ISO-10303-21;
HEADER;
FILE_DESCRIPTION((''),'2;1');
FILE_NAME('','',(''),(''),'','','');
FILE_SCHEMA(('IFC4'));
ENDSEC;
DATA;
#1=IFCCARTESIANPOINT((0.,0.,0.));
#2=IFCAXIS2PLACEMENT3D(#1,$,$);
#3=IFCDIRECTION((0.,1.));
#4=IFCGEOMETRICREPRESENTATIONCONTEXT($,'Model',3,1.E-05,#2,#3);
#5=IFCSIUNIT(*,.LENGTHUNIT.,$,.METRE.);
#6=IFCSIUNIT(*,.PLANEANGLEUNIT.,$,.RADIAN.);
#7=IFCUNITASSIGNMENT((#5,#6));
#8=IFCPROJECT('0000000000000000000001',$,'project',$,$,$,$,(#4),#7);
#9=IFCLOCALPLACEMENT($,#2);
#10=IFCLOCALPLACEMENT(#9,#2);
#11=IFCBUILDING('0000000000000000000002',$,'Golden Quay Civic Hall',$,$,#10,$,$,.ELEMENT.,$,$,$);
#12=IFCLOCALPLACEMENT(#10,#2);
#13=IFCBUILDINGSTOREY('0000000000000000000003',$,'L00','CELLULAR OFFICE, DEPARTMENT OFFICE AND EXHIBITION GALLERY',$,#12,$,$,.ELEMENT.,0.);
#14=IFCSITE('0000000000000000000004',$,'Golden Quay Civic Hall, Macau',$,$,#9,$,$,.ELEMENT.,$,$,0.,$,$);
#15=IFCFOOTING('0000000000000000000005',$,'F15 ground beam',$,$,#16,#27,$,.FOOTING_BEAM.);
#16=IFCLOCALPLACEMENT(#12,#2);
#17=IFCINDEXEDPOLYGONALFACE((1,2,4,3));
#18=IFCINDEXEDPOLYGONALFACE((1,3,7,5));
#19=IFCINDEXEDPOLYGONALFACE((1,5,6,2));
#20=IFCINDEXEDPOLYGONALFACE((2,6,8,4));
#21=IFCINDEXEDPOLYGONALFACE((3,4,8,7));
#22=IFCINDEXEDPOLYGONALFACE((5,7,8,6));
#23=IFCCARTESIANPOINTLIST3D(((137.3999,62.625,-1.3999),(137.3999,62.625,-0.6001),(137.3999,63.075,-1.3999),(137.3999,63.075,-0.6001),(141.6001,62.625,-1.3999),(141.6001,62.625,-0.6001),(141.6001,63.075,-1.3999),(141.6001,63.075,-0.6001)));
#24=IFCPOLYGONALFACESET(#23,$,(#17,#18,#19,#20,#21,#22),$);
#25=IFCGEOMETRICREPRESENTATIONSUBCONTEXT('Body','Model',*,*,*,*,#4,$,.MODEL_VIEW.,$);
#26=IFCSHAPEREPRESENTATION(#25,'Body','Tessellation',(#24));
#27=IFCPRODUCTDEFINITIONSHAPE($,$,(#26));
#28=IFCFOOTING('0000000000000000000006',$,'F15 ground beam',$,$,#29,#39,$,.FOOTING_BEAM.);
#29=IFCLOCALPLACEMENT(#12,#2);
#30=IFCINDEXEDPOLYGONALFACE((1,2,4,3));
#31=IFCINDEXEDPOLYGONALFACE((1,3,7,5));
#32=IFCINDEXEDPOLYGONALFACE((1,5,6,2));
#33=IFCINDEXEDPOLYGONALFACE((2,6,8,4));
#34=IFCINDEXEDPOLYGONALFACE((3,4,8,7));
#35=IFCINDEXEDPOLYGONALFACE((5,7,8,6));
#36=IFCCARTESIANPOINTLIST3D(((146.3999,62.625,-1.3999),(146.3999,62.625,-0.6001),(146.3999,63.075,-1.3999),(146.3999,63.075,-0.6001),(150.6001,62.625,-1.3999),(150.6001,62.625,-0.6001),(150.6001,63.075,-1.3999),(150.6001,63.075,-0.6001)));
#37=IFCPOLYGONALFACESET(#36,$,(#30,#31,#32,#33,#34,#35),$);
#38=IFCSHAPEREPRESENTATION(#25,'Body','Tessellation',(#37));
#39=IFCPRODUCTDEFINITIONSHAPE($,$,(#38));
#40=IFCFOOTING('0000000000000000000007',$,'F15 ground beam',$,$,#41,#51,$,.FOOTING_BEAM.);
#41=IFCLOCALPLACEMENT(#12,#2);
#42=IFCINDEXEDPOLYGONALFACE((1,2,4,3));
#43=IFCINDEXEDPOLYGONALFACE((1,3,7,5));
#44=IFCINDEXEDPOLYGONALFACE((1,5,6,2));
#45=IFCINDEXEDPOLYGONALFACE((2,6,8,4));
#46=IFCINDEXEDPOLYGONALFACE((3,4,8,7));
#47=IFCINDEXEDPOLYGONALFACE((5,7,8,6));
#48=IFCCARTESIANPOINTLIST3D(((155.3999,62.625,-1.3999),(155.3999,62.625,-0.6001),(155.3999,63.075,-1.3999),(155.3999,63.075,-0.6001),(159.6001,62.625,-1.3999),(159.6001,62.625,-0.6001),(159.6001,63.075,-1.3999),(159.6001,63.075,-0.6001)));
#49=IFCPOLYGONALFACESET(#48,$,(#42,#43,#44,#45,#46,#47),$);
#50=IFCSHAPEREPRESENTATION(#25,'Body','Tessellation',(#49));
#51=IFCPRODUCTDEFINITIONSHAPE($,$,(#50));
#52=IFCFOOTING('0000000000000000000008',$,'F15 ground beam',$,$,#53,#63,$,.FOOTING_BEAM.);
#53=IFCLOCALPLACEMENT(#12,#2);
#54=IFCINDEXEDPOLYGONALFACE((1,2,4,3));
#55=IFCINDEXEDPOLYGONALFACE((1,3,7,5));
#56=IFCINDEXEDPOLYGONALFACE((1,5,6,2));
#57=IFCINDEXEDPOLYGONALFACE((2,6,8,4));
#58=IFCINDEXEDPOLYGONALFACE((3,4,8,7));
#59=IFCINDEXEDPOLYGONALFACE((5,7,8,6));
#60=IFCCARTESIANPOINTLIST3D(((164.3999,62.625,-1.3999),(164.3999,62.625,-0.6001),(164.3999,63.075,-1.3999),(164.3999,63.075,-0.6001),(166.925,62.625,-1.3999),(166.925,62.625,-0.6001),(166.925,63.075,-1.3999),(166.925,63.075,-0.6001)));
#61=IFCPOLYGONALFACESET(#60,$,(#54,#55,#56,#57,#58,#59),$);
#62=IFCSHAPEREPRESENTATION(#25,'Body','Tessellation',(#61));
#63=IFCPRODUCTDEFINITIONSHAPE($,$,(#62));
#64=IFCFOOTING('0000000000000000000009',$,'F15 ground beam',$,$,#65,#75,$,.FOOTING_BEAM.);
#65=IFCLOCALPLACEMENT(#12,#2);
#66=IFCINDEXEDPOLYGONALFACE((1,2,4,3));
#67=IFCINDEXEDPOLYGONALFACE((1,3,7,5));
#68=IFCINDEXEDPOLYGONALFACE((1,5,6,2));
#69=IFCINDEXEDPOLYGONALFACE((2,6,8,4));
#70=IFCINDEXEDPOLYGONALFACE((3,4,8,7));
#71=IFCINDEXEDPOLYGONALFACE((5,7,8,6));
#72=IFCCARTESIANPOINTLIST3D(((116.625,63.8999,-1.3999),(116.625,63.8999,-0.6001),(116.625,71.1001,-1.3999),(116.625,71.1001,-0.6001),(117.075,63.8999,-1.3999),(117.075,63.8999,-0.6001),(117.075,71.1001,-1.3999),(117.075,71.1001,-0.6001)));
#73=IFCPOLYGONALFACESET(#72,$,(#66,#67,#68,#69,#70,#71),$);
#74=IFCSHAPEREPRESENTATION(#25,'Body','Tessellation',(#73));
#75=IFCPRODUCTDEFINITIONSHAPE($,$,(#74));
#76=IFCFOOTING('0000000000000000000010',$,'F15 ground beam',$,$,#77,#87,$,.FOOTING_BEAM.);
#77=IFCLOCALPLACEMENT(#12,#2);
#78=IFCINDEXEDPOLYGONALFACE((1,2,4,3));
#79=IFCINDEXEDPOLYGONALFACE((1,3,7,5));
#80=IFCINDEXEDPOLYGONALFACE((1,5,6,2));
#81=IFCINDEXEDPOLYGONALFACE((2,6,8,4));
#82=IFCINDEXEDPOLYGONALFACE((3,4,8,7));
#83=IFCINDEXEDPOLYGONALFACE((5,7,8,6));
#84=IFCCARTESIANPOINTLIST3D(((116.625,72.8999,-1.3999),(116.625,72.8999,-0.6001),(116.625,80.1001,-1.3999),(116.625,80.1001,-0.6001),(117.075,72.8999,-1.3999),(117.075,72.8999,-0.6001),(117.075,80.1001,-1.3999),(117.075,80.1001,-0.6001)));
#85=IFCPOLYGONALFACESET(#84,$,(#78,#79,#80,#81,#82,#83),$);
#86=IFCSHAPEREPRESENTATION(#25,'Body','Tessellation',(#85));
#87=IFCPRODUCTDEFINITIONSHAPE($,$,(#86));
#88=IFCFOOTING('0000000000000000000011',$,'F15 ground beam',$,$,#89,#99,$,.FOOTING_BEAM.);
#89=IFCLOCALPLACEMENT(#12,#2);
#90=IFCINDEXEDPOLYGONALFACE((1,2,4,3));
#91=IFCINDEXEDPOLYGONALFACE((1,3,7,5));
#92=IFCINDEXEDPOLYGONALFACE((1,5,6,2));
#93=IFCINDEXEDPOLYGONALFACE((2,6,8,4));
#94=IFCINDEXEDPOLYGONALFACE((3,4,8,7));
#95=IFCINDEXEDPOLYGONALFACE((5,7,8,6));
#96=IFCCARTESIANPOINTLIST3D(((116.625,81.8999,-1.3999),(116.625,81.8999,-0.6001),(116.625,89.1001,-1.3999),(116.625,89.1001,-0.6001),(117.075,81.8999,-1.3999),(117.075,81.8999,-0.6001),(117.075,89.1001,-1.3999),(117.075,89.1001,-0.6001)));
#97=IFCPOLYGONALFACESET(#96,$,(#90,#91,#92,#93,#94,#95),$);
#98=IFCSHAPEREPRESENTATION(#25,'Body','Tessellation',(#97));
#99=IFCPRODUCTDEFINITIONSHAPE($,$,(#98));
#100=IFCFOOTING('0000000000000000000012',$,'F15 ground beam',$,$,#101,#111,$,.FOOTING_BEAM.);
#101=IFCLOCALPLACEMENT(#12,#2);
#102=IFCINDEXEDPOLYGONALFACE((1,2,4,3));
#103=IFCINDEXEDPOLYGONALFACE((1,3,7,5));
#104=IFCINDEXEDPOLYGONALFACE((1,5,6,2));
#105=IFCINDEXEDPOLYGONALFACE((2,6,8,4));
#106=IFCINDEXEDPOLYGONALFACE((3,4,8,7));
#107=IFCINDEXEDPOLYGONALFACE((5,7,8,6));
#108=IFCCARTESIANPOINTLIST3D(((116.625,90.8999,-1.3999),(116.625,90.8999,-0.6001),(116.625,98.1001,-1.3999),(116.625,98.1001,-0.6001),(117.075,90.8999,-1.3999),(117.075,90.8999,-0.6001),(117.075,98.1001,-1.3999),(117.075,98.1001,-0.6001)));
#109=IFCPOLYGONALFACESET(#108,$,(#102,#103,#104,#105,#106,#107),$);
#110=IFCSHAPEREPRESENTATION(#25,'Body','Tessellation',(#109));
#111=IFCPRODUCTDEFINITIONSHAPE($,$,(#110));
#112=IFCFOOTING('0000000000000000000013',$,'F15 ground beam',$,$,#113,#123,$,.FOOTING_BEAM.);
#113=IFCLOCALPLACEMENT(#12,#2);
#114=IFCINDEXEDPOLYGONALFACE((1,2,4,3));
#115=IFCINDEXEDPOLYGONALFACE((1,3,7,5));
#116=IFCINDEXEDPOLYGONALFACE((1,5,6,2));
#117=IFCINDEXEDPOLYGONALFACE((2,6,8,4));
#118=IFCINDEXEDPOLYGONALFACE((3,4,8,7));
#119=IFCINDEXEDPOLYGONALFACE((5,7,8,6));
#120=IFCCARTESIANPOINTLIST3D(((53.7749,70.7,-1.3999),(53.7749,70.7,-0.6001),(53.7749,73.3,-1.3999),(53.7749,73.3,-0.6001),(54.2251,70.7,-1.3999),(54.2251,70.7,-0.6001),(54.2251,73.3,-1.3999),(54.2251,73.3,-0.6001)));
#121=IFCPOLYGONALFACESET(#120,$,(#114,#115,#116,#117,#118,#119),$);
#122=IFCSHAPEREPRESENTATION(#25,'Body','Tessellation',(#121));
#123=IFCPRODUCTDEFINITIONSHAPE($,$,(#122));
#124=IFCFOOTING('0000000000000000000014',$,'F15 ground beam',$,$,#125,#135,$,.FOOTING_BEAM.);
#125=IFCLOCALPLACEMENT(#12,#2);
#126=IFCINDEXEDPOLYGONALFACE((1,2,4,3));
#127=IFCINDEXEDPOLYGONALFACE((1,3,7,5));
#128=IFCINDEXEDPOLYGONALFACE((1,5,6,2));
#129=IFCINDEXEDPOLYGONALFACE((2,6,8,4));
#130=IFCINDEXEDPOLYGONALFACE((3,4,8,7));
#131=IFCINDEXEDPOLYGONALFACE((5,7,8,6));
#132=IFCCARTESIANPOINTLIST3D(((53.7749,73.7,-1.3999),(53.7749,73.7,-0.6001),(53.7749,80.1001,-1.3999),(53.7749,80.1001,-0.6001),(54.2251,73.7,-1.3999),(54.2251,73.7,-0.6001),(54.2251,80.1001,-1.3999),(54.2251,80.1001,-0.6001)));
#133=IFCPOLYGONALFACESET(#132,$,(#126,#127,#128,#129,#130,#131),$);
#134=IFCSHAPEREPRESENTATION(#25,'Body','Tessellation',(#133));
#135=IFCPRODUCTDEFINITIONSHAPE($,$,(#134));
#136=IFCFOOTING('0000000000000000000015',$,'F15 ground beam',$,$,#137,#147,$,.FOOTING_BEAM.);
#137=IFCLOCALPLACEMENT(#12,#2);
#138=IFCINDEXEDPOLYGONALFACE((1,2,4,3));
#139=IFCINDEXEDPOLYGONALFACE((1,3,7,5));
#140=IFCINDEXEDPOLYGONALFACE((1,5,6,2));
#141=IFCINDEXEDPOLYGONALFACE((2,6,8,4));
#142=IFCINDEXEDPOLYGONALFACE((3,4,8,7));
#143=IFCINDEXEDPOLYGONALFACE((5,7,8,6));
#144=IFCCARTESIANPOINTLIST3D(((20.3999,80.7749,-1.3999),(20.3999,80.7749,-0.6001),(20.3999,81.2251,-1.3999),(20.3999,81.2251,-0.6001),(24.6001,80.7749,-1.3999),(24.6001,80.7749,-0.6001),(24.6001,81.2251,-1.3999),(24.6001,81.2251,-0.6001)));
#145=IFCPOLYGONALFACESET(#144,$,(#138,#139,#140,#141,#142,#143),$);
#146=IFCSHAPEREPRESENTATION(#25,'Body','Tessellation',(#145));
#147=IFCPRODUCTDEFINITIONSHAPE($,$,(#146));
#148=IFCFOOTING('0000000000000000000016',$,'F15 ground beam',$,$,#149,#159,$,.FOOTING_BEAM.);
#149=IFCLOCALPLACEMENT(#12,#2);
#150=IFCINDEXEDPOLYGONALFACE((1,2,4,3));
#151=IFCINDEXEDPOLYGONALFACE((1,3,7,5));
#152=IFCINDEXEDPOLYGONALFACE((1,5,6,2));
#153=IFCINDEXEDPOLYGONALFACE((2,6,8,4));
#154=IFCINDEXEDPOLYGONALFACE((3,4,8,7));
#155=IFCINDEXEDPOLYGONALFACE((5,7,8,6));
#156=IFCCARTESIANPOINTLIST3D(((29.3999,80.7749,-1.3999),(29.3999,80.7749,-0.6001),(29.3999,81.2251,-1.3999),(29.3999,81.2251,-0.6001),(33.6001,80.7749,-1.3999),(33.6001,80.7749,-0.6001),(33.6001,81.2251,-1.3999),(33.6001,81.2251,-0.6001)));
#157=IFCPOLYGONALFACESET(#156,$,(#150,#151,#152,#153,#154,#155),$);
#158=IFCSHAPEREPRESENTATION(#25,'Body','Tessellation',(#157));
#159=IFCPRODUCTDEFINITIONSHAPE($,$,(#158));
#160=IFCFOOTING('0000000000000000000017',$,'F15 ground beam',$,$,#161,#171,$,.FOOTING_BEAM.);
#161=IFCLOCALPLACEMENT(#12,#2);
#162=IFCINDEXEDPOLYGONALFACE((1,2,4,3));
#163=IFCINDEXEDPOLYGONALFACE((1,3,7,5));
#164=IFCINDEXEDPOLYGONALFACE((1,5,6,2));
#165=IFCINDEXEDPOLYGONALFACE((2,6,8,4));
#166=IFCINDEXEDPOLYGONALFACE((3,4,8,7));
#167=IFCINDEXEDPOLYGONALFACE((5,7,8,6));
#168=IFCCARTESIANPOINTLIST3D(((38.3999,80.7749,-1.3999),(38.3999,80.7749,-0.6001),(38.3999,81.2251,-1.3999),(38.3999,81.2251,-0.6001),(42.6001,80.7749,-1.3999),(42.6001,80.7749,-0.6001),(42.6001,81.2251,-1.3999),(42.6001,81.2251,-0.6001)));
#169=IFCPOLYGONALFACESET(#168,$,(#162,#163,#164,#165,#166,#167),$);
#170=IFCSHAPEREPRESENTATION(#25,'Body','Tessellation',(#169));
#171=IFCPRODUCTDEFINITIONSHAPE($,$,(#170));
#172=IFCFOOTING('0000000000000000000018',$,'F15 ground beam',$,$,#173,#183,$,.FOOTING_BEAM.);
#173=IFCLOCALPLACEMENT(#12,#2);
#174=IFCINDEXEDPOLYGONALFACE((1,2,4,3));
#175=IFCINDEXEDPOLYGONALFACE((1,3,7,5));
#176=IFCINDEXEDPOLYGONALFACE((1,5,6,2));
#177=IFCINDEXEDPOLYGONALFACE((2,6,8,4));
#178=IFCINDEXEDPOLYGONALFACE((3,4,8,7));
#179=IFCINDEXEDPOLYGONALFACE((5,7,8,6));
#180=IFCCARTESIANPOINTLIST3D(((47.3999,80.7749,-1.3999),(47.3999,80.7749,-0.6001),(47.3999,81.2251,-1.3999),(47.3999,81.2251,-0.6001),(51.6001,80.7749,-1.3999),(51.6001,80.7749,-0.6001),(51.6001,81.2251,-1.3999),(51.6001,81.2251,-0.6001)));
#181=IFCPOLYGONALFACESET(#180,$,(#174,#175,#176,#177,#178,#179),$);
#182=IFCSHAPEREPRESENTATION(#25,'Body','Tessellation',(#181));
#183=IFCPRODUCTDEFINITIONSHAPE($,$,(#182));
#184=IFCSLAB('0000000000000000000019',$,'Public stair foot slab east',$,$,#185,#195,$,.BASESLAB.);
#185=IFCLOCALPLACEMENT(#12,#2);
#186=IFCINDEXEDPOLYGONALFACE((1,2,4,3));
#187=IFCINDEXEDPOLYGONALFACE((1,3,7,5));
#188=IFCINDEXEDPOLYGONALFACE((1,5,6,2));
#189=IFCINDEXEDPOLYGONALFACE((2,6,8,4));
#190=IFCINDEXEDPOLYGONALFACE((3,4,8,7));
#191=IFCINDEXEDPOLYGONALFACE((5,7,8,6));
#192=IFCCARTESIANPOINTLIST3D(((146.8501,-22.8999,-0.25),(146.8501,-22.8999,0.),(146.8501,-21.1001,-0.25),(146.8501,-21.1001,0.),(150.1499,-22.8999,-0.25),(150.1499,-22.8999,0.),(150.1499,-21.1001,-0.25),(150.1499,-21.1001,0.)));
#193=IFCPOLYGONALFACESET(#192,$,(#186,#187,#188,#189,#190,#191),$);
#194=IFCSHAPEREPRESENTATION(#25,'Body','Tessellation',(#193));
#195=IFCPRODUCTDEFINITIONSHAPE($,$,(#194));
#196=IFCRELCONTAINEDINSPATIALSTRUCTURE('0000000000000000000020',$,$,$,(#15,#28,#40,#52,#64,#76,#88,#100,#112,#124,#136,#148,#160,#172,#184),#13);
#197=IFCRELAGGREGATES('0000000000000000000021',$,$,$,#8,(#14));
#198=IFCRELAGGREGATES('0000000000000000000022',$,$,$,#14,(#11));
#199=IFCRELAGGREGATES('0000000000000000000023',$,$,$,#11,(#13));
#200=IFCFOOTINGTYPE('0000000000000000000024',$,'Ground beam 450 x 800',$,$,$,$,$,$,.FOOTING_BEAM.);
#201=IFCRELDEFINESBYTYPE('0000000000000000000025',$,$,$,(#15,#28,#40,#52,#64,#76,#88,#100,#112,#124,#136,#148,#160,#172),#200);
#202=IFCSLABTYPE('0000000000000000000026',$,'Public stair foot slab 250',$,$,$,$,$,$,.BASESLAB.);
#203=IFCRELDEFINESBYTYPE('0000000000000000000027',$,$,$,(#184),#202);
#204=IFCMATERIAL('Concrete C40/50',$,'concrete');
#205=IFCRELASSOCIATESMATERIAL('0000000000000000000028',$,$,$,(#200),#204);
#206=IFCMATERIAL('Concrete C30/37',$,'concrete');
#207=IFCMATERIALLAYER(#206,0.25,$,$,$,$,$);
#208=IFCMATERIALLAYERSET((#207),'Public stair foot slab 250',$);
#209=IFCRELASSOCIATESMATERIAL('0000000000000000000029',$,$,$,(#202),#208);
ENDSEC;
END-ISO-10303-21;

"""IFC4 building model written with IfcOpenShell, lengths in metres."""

from ifc_helpers import new_model, si_unit, direction, frame, origin, place, context, subcontext, project, spatial, polyline, outline, extrude, material, layer, layer_set, type_object, element, save


model = new_model("IFC4")

# Units and contexts
model_context = context("Model", 3, precision=1e-05, world=origin(), true_north=direction((0.0, 1.0)))
body_context = subcontext(model_context, "Body", "Model", "MODEL_VIEW")
ifc_project = project(units=[si_unit("LENGTHUNIT", "METRE"), si_unit("PLANEANGLEUNIT", "RADIAN")], contexts=[model_context])

# Site, building, storey
site_placement = place(None, origin())
site = spatial("IfcSite", under=ifc_project, at=site_placement, Name="Golden Quay Civic Hall, Macau", CompositionType="ELEMENT", RefElevation=0.0)
building_placement = place(site_placement, origin())
building = spatial("IfcBuilding", under=site, at=building_placement, Name="Golden Quay Civic Hall", CompositionType="ELEMENT")
storey_placement = place(building_placement, origin())
storey = spatial("IfcBuildingStorey", under=building, at=storey_placement, Name="L00", Description="CELLULAR OFFICE, DEPARTMENT OFFICE AND EXHIBITION GALLERY", CompositionType="ELEMENT", Elevation=0.0)

# Footings
ifc_material_1 = material(Name="Concrete C40/50", Category="concrete")
footing_type = type_object("IfcFootingType", Name="Ground beam 450 x 800", PredefinedType="FOOTING_BEAM", material=ifc_material_1)
footing_1_placement = place(storey_placement, frame((0.0, 0.0, -1.3999)))
element("IfcFooting", 1, at=footing_1_placement, inside=storey, type_object=footing_type, Name="F15 ground beam", PredefinedType="FOOTING_BEAM", context=body_context, shape_type="SweptSolid", body=[
    extrude(outline(polyline([(141.6001, 63.075), (141.6001, 62.625), (137.3999, 62.625), (137.3999, 63.075), (141.6001, 63.075)])), origin(), (0.0, 0.0, 1.0), 0.7998),
])
footing_2_placement = place(storey_placement, frame((0.0, 0.0, -1.3999)))
element("IfcFooting", 2, at=footing_2_placement, inside=storey, type_object=footing_type, Name="F15 ground beam", PredefinedType="FOOTING_BEAM", context=body_context, shape_type="SweptSolid", body=[
    extrude(outline(polyline([(150.6001, 63.075), (150.6001, 62.625), (146.3999, 62.625), (146.3999, 63.075), (150.6001, 63.075)])), origin(), (0.0, 0.0, 1.0), 0.7998),
])
footing_3_placement = place(storey_placement, frame((0.0, 0.0, -1.3999)))
element("IfcFooting", 3, at=footing_3_placement, inside=storey, type_object=footing_type, Name="F15 ground beam", PredefinedType="FOOTING_BEAM", context=body_context, shape_type="SweptSolid", body=[
    extrude(outline(polyline([(159.6001, 63.075), (159.6001, 62.625), (155.3999, 62.625), (155.3999, 63.075), (159.6001, 63.075)])), origin(), (0.0, 0.0, 1.0), 0.7998),
])
footing_4_placement = place(storey_placement, frame((0.0, 0.0, -1.3999)))
element("IfcFooting", 4, at=footing_4_placement, inside=storey, type_object=footing_type, Name="F15 ground beam", PredefinedType="FOOTING_BEAM", context=body_context, shape_type="SweptSolid", body=[
    extrude(outline(polyline([(166.925, 63.075), (166.925, 62.625), (164.3999, 62.625), (164.3999, 63.075), (166.925, 63.075)])), origin(), (0.0, 0.0, 1.0), 0.7998),
])
footing_5_placement = place(storey_placement, frame((0.0, 0.0, -1.3999)))
element("IfcFooting", 5, at=footing_5_placement, inside=storey, type_object=footing_type, Name="F15 ground beam", PredefinedType="FOOTING_BEAM", context=body_context, shape_type="SweptSolid", body=[
    extrude(outline(polyline([(116.625, 71.1001), (117.075, 71.1001), (117.075, 63.8999), (116.625, 63.8999), (116.625, 71.1001)])), origin(), (0.0, 0.0, 1.0), 0.7998),
])
footing_6_placement = place(storey_placement, frame((0.0, 0.0, -1.3999)))
element("IfcFooting", 6, at=footing_6_placement, inside=storey, type_object=footing_type, Name="F15 ground beam", PredefinedType="FOOTING_BEAM", context=body_context, shape_type="SweptSolid", body=[
    extrude(outline(polyline([(116.625, 80.1001), (117.075, 80.1001), (117.075, 72.8999), (116.625, 72.8999), (116.625, 80.1001)])), origin(), (0.0, 0.0, 1.0), 0.7998),
])
footing_7_placement = place(storey_placement, frame((0.0, 0.0, -1.3999)))
element("IfcFooting", 7, at=footing_7_placement, inside=storey, type_object=footing_type, Name="F15 ground beam", PredefinedType="FOOTING_BEAM", context=body_context, shape_type="SweptSolid", body=[
    extrude(outline(polyline([(116.625, 89.1001), (117.075, 89.1001), (117.075, 81.8999), (116.625, 81.8999), (116.625, 89.1001)])), origin(), (0.0, 0.0, 1.0), 0.7998),
])
footing_8_placement = place(storey_placement, frame((0.0, 0.0, -1.3999)))
element("IfcFooting", 8, at=footing_8_placement, inside=storey, type_object=footing_type, Name="F15 ground beam", PredefinedType="FOOTING_BEAM", context=body_context, shape_type="SweptSolid", body=[
    extrude(outline(polyline([(116.625, 98.1001), (117.075, 98.1001), (117.075, 90.8999), (116.625, 90.8999), (116.625, 98.1001)])), origin(), (0.0, 0.0, 1.0), 0.7998),
])
footing_9_placement = place(storey_placement, frame((0.0, 0.0, -1.3999)))
element("IfcFooting", 9, at=footing_9_placement, inside=storey, type_object=footing_type, Name="F15 ground beam", PredefinedType="FOOTING_BEAM", context=body_context, shape_type="SweptSolid", body=[
    extrude(outline(polyline([(54.2251, 70.7), (53.7749, 70.7), (53.7749, 73.3), (54.2251, 73.3), (54.2251, 70.7)])), origin(), (0.0, 0.0, 1.0), 0.7998),
])
footing_10_placement = place(storey_placement, frame((0.0, 0.0, -1.3999)))
element("IfcFooting", 10, at=footing_10_placement, inside=storey, type_object=footing_type, Name="F15 ground beam", PredefinedType="FOOTING_BEAM", context=body_context, shape_type="SweptSolid", body=[
    extrude(outline(polyline([(54.2251, 73.7), (53.7749, 73.7), (53.7749, 80.1001), (54.2251, 80.1001), (54.2251, 73.7)])), origin(), (0.0, 0.0, 1.0), 0.7998),
])
footing_11_placement = place(storey_placement, frame((0.0, 0.0, -1.3999)))
element("IfcFooting", 11, at=footing_11_placement, inside=storey, type_object=footing_type, Name="F15 ground beam", PredefinedType="FOOTING_BEAM", context=body_context, shape_type="SweptSolid", body=[
    extrude(outline(polyline([(24.6001, 81.2251), (24.6001, 80.7749), (20.3999, 80.7749), (20.3999, 81.2251), (24.6001, 81.2251)])), origin(), (0.0, 0.0, 1.0), 0.7998),
])
footing_12_placement = place(storey_placement, frame((0.0, 0.0, -1.3999)))
element("IfcFooting", 12, at=footing_12_placement, inside=storey, type_object=footing_type, Name="F15 ground beam", PredefinedType="FOOTING_BEAM", context=body_context, shape_type="SweptSolid", body=[
    extrude(outline(polyline([(33.6001, 81.2251), (33.6001, 80.7749), (29.3999, 80.7749), (29.3999, 81.2251), (33.6001, 81.2251)])), origin(), (0.0, 0.0, 1.0), 0.7998),
])
footing_13_placement = place(storey_placement, frame((0.0, 0.0, -1.3999)))
element("IfcFooting", 13, at=footing_13_placement, inside=storey, type_object=footing_type, Name="F15 ground beam", PredefinedType="FOOTING_BEAM", context=body_context, shape_type="SweptSolid", body=[
    extrude(outline(polyline([(42.6001, 81.2251), (42.6001, 80.7749), (38.3999, 80.7749), (38.3999, 81.2251), (42.6001, 81.2251)])), origin(), (0.0, 0.0, 1.0), 0.7998),
])
footing_14_placement = place(storey_placement, frame((0.0, 0.0, -1.3999)))
element("IfcFooting", 14, at=footing_14_placement, inside=storey, type_object=footing_type, Name="F15 ground beam", PredefinedType="FOOTING_BEAM", context=body_context, shape_type="SweptSolid", body=[
    extrude(outline(polyline([(51.6001, 81.2251), (51.6001, 80.7749), (47.3999, 80.7749), (47.3999, 81.2251), (51.6001, 81.2251)])), origin(), (0.0, 0.0, 1.0), 0.7998),
])

# Slab
ifc_material_2 = material(Name="Concrete C30/37", Category="concrete")
ifc_layer_1 = layer(ifc_material_2, 0.25)
ifc_layer_set_1 = layer_set([ifc_layer_1], Name="Public stair foot slab 250")
slab_type_1 = type_object("IfcSlabType", Name="Public stair foot slab 250", PredefinedType="BASESLAB", material=ifc_layer_set_1)
slab_1_placement = place(storey_placement, frame((0.0, 0.0, -0.25)))
element("IfcSlab", 15, at=slab_1_placement, inside=storey, type_object=slab_type_1, Name="Public stair foot slab east", PredefinedType="BASESLAB", context=body_context, shape_type="SweptSolid", body=[
    extrude(outline(polyline([(146.8501, -22.8999), (150.1499, -22.8999), (150.1499, -21.1001), (146.8501, -21.1001), (146.8501, -22.8999)])), origin(), (0.0, 0.0, 1.0), 0.25),
])

save(model, "model.ifc")
